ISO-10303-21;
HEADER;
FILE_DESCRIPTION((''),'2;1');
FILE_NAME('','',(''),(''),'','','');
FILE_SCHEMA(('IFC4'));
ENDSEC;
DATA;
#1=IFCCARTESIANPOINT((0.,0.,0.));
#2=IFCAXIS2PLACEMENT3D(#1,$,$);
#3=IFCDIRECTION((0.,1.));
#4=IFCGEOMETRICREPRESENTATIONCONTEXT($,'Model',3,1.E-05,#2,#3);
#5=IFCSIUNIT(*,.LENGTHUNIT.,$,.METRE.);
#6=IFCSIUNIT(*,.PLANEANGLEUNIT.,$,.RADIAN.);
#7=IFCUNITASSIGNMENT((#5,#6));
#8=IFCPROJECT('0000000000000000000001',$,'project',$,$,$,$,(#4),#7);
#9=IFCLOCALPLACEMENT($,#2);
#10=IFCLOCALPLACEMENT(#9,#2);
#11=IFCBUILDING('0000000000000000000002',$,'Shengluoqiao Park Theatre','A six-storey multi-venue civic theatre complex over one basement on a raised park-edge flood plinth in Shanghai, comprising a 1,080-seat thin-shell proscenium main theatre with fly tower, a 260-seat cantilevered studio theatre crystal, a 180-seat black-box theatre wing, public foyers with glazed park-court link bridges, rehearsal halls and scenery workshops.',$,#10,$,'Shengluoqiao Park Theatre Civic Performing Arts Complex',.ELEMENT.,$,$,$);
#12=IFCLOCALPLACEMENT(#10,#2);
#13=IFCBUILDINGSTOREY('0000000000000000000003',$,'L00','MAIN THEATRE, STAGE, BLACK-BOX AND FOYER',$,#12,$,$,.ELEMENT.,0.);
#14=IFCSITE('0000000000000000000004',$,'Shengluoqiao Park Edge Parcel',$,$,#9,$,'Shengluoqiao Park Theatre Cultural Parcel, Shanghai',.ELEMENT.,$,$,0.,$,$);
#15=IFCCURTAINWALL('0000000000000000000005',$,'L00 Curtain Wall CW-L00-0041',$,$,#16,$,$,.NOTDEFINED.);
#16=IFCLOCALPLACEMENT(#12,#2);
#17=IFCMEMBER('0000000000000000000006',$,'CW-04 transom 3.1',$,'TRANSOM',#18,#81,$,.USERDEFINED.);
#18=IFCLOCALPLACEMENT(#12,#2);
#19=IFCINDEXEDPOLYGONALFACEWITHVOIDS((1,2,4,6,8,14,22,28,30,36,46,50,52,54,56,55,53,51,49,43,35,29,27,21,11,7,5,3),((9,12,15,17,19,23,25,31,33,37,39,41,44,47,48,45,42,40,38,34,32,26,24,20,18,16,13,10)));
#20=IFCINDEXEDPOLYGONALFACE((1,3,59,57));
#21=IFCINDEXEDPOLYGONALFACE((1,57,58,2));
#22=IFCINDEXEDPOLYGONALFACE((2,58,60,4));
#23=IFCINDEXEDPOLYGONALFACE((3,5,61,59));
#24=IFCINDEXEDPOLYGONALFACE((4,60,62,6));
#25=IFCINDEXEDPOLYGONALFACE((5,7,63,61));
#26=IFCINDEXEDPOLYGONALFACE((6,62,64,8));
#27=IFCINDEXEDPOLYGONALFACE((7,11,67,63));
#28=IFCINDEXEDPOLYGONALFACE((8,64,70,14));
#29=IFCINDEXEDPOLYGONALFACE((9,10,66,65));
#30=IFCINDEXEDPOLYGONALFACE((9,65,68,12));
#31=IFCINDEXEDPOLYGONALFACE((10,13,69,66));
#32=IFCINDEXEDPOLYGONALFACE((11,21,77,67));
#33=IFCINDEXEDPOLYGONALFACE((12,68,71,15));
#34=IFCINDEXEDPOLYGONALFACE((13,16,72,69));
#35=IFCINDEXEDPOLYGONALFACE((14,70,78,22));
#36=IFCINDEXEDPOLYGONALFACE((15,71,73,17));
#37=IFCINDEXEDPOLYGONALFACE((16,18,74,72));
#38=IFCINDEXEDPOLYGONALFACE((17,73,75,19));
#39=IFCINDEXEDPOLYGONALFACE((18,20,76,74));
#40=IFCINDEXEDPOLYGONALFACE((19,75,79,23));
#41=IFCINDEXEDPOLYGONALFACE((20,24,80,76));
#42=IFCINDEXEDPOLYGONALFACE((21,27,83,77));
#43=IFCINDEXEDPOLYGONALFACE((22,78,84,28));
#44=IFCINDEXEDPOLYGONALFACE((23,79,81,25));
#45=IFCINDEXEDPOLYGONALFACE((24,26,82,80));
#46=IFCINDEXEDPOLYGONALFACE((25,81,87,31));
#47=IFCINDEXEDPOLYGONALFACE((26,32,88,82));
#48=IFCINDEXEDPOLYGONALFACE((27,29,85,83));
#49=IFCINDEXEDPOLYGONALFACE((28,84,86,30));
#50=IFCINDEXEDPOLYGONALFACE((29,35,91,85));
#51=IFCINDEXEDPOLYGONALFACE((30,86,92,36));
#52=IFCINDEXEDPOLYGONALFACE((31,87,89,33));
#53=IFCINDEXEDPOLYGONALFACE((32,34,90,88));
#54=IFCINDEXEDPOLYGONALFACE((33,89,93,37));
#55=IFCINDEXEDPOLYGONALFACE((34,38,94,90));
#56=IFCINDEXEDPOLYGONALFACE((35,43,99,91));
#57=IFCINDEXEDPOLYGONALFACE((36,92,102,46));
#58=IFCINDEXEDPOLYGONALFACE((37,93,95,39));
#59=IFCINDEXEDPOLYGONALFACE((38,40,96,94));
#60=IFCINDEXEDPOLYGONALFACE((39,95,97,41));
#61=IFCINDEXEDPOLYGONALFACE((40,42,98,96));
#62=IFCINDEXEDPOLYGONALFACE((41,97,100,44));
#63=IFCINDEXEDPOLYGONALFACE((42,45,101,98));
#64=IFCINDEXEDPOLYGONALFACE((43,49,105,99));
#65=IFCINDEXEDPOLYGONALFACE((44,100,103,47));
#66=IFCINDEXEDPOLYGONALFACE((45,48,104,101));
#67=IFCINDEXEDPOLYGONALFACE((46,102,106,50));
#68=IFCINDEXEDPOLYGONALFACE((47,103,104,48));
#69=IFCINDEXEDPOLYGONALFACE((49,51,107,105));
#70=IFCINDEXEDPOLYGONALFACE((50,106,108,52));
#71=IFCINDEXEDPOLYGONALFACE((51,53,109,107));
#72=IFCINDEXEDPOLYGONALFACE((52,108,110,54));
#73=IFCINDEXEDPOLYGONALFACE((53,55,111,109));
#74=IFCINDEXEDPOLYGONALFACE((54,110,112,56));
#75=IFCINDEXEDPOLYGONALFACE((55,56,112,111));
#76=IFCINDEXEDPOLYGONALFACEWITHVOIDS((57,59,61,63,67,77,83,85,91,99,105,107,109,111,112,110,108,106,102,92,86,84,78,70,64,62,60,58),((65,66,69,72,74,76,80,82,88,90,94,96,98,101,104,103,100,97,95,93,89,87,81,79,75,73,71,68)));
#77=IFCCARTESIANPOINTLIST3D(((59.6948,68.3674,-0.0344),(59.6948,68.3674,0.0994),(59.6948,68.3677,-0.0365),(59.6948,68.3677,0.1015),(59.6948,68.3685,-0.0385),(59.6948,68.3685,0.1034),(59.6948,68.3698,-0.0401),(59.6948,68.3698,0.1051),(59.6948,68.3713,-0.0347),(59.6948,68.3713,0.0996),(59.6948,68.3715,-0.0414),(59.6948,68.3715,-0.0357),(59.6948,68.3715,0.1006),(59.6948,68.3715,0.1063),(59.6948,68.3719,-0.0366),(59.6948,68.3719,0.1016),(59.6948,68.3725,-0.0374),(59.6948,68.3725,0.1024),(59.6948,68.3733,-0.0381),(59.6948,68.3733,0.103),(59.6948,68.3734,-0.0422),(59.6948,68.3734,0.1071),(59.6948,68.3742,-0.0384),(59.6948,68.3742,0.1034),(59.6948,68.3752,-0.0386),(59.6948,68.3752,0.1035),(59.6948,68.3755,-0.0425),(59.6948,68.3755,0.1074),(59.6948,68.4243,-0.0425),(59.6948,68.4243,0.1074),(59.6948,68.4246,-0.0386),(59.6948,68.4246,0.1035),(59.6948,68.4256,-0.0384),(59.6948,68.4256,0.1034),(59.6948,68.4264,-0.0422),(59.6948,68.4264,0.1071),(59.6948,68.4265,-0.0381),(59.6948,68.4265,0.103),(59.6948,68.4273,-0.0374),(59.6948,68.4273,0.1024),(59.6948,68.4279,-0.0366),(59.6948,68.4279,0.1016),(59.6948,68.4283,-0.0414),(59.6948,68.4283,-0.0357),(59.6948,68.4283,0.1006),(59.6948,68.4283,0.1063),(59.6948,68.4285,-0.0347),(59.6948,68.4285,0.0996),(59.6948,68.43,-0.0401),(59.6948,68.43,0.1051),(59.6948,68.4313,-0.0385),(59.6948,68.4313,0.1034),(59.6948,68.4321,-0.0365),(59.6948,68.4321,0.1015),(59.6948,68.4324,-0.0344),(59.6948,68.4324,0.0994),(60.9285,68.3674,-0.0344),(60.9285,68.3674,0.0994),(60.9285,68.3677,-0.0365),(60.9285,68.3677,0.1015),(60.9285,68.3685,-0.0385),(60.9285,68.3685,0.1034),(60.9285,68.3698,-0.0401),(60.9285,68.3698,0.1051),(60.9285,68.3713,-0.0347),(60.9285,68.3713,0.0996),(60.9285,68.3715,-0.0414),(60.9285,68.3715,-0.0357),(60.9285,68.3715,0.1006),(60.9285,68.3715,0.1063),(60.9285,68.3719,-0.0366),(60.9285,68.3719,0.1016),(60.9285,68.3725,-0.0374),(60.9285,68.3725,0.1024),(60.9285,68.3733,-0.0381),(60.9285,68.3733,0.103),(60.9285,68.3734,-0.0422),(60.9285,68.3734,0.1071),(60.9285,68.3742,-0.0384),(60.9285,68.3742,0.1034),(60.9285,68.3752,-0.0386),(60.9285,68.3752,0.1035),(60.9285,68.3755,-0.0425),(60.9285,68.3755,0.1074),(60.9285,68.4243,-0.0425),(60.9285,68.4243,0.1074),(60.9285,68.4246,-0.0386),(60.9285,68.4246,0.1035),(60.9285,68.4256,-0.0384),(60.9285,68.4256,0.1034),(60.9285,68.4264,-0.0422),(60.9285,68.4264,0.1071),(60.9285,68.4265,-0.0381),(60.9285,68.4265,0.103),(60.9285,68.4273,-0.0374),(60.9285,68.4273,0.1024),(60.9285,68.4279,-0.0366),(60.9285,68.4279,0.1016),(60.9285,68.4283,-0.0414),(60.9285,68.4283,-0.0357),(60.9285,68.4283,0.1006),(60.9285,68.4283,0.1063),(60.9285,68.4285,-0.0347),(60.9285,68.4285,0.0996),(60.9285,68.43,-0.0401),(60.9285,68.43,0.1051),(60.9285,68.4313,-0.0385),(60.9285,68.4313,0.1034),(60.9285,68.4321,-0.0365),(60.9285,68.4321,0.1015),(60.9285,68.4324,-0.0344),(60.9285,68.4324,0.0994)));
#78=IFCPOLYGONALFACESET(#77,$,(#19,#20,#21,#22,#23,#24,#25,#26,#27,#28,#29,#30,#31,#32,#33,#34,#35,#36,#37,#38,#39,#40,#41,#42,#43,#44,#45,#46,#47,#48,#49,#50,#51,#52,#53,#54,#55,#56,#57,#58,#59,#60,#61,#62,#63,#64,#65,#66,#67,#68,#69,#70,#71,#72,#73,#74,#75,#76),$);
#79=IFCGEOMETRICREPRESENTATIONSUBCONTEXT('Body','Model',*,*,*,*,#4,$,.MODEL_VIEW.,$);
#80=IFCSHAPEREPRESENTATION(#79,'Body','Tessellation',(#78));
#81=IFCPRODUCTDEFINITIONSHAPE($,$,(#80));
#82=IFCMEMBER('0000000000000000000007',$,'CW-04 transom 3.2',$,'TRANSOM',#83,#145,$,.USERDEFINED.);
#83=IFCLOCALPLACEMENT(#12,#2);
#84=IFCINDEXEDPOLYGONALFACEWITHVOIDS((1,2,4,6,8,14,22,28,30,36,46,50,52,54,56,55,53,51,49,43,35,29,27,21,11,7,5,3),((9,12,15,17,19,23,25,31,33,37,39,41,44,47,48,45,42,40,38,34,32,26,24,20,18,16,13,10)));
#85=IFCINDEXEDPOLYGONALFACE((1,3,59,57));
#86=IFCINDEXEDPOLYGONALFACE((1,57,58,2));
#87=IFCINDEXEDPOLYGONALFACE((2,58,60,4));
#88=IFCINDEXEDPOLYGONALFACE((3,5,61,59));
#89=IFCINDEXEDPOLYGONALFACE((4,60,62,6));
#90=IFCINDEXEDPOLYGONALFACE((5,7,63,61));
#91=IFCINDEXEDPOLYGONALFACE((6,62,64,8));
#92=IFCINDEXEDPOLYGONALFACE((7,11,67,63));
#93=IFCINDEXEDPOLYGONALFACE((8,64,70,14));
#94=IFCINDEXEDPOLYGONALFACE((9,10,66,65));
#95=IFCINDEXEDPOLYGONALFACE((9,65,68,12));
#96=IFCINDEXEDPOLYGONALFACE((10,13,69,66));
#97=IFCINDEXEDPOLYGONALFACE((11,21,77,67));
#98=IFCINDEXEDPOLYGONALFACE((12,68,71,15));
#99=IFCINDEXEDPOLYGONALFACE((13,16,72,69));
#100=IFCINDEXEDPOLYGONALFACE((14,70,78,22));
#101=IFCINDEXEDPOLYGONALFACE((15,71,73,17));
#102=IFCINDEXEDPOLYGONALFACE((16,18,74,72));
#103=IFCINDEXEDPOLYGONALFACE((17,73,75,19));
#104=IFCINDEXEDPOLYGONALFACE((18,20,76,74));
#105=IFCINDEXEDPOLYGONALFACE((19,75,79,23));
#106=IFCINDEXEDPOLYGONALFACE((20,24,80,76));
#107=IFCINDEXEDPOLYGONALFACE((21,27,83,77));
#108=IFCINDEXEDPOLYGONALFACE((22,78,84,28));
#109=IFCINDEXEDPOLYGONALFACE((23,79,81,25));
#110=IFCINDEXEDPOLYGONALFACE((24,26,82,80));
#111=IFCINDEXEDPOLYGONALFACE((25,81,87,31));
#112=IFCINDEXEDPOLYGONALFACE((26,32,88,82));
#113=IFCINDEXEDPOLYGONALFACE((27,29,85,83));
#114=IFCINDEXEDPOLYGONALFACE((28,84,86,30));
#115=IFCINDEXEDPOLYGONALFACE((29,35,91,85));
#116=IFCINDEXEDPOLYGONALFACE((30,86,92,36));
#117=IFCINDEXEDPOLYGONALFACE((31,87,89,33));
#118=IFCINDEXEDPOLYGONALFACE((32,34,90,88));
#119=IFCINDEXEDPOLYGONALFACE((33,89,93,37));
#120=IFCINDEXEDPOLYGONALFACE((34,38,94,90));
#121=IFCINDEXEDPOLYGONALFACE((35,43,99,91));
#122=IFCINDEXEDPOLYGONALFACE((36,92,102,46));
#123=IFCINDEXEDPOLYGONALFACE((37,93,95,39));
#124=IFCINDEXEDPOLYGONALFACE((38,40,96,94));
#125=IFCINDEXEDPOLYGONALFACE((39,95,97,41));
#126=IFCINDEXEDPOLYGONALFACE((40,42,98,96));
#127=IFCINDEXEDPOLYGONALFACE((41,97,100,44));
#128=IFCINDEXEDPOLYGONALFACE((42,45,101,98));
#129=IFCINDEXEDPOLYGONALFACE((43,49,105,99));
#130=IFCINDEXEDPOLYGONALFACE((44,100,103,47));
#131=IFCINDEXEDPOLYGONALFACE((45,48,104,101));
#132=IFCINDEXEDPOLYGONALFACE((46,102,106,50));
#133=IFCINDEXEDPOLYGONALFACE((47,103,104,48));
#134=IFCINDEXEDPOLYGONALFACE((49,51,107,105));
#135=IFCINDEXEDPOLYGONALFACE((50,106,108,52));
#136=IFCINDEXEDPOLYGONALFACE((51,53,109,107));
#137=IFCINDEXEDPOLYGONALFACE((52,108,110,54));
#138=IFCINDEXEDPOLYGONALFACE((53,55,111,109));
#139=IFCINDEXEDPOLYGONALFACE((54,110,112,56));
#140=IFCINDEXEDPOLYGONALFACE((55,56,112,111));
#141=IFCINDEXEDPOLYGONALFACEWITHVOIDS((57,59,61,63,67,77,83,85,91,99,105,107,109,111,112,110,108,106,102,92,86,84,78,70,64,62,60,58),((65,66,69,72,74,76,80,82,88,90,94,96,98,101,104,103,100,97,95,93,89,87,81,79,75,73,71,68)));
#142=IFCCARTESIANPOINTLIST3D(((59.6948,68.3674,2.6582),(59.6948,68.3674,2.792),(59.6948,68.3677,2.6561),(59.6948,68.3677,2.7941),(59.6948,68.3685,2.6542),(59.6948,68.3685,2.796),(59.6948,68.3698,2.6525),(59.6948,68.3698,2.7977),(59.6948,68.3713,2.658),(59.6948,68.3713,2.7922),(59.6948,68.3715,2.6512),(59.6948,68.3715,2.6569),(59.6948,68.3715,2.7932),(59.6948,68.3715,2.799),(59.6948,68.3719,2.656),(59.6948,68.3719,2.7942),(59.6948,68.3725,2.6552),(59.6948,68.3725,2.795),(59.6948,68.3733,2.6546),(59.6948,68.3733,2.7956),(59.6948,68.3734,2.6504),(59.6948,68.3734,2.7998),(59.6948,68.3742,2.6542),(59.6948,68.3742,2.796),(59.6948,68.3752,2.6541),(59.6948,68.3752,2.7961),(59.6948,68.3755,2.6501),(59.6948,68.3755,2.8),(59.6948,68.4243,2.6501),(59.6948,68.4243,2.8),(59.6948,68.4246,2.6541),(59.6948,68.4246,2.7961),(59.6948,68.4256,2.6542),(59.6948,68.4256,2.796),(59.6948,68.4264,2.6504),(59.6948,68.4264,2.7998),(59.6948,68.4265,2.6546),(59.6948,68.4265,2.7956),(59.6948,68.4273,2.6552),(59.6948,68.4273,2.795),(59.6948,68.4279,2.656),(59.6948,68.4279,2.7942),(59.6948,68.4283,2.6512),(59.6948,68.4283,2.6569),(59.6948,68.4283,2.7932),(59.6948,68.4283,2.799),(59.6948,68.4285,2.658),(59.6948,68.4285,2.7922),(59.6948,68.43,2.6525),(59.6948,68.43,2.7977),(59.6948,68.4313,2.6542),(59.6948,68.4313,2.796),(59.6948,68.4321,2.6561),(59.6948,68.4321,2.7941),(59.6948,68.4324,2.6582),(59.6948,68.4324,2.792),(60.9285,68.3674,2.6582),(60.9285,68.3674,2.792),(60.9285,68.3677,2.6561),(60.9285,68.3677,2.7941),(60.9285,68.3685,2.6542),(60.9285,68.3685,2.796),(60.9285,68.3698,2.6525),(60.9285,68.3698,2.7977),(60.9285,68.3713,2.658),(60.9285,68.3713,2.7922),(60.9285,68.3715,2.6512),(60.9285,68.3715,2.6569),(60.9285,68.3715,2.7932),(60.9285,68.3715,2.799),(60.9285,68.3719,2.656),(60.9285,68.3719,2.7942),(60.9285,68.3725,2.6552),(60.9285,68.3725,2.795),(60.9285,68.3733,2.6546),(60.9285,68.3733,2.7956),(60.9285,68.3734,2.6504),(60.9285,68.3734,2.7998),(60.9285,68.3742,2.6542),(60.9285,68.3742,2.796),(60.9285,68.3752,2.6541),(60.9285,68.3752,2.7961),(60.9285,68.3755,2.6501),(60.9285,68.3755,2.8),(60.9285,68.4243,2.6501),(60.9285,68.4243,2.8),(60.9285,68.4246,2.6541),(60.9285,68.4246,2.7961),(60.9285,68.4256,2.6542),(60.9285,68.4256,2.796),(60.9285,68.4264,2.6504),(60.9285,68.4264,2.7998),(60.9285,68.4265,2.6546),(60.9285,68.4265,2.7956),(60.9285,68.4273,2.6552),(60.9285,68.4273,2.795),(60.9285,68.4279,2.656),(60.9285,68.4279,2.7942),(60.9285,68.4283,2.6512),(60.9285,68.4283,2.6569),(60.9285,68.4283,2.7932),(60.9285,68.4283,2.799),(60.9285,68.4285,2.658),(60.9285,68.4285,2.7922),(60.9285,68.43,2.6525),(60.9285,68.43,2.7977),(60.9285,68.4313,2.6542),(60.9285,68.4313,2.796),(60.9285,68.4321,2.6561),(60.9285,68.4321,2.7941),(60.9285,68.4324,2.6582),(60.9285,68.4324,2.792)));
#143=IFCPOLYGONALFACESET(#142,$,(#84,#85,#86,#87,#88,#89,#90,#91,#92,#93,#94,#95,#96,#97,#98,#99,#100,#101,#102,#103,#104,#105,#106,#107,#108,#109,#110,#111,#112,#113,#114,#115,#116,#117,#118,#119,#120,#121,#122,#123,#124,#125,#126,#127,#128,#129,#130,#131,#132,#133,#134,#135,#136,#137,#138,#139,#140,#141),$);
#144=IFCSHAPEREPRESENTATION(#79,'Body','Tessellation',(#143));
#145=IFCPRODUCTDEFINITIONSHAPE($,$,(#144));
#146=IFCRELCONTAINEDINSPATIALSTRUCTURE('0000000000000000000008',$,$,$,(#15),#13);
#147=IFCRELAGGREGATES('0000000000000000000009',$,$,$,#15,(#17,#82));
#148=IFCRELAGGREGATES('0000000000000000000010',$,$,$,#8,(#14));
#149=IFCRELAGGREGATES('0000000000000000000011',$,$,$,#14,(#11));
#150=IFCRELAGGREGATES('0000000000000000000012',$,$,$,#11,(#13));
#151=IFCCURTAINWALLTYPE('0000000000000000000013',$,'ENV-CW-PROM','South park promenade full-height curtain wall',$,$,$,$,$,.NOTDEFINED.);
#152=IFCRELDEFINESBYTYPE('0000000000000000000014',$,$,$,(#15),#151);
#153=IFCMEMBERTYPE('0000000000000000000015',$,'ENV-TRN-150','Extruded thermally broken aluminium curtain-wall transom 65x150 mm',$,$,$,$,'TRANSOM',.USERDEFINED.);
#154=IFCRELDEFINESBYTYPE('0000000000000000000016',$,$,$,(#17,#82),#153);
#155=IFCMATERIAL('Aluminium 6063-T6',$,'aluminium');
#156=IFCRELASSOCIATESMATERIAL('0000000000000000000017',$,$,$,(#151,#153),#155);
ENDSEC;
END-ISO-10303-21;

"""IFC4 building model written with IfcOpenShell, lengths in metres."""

from ifc_helpers import new_model, si_unit, direction, frame, origin, origin_2d, place, context, subcontext, project, spatial, hollow_rectangle, extrude, material, material_profile, profile_set, type_object, element, aggregate, save


model = new_model("IFC4")

# Units and contexts
model_context = context("Model", 3, precision=1e-05, world=origin(), true_north=direction((0.0, 1.0)))
body_context = subcontext(model_context, "Body", "Model", "MODEL_VIEW")
ifc_project = project(units=[si_unit("LENGTHUNIT", "METRE"), si_unit("PLANEANGLEUNIT", "RADIAN")], contexts=[model_context])

# Site, building, storey
site_placement = place(None, origin())
site = spatial("IfcSite", under=ifc_project, at=site_placement, Name="Shengluoqiao Park Edge Parcel", LongName="Shengluoqiao Park Theatre Cultural Parcel, Shanghai", CompositionType="ELEMENT", RefElevation=0.0)
building_placement = place(site_placement, origin())
building = spatial("IfcBuilding", under=site, at=building_placement, Name="Shengluoqiao Park Theatre", Description="A six-storey multi-venue civic theatre complex over one basement on a raised park-edge flood plinth in Shanghai, comprising a 1,080-seat thin-shell proscenium main theatre with fly tower, a 260-seat cantilevered studio theatre crystal, a 180-seat black-box theatre wing, public foyers with glazed park-court link bridges, rehearsal halls and scenery workshops.", LongName="Shengluoqiao Park Theatre Civic Performing Arts Complex", CompositionType="ELEMENT")
storey_placement = place(building_placement, origin())
storey = spatial("IfcBuildingStorey", under=building, at=storey_placement, Name="L00", Description="MAIN THEATRE, STAGE, BLACK-BOX AND FOYER", CompositionType="ELEMENT", Elevation=0.0)

# Curtain wall
ifc_material_1 = material(Name="Aluminium 6063-T6", Category="aluminium")
curtain_wall_type = type_object("IfcCurtainWallType", Name="ENV-CW-PROM", Description="South park promenade full-height curtain wall", PredefinedType="NOTDEFINED", material=ifc_material_1)
curtain_wall_1_placement = place(storey_placement, origin())
curtain_wall_1 = element("IfcCurtainWall", 1, at=curtain_wall_1_placement, inside=storey, type_object=curtain_wall_type, Name="L00 Curtain Wall CW-L00-0041", PredefinedType="NOTDEFINED")

# Members
ifc_material_profile_1 = material_profile(ifc_material_1, hollow_rectangle(XDim=0.0649, YDim=0.1499, WallThickness=0.0039, InnerFilletRadius=0.0039, OuterFilletRadius=0.0081, at=origin_2d()), Name="ALU TRANSOM 150x65x4")
ifc_profile_set_1 = profile_set([ifc_material_profile_1], Name="Aluminium 6063-T6")
member_type_1 = type_object("IfcMemberType", Name="ENV-TRN-150", Description="Extruded thermally broken aluminium curtain-wall transom 65x150 mm", ElementType="TRANSOM", PredefinedType="USERDEFINED", material=ifc_profile_set_1)
member_1_placement = place(storey_placement, frame((59.6948, 68.3999, 0.0325), z_axis=(1.0, 0.0, 0.0), x_axis=(0.0, 1.0, 0.0)))
member_1 = element("IfcMember", 2, at=member_1_placement, type_object=member_type_1, Name="CW-04 transom 3.1", ObjectType="TRANSOM", PredefinedType="USERDEFINED", context=body_context, shape_type="SweptSolid", body=[
    extrude(hollow_rectangle(XDim=0.0649, YDim=0.1499, WallThickness=0.0039, InnerFilletRadius=0.0039, OuterFilletRadius=0.0081, at=origin_2d()), origin(), (0.0, 0.0, 1.0), 1.2336),
])
member_2_placement = place(storey_placement, frame((59.6948, 68.3999, 2.7251), z_axis=(1.0, 0.0, 0.0), x_axis=(0.0, 1.0, 0.0)))
member_2 = element("IfcMember", 3, at=member_2_placement, type_object=member_type_1, Name="CW-04 transom 3.2", ObjectType="TRANSOM", PredefinedType="USERDEFINED", context=body_context, shape_type="SweptSolid", body=[
    extrude(hollow_rectangle(XDim=0.0649, YDim=0.1499, WallThickness=0.0039, InnerFilletRadius=0.0039, OuterFilletRadius=0.0081, at=origin_2d()), origin(), (0.0, 0.0, 1.0), 1.2336),
])

aggregate(curtain_wall_1, [member_1, member_2])

save(model, "model.ifc")
